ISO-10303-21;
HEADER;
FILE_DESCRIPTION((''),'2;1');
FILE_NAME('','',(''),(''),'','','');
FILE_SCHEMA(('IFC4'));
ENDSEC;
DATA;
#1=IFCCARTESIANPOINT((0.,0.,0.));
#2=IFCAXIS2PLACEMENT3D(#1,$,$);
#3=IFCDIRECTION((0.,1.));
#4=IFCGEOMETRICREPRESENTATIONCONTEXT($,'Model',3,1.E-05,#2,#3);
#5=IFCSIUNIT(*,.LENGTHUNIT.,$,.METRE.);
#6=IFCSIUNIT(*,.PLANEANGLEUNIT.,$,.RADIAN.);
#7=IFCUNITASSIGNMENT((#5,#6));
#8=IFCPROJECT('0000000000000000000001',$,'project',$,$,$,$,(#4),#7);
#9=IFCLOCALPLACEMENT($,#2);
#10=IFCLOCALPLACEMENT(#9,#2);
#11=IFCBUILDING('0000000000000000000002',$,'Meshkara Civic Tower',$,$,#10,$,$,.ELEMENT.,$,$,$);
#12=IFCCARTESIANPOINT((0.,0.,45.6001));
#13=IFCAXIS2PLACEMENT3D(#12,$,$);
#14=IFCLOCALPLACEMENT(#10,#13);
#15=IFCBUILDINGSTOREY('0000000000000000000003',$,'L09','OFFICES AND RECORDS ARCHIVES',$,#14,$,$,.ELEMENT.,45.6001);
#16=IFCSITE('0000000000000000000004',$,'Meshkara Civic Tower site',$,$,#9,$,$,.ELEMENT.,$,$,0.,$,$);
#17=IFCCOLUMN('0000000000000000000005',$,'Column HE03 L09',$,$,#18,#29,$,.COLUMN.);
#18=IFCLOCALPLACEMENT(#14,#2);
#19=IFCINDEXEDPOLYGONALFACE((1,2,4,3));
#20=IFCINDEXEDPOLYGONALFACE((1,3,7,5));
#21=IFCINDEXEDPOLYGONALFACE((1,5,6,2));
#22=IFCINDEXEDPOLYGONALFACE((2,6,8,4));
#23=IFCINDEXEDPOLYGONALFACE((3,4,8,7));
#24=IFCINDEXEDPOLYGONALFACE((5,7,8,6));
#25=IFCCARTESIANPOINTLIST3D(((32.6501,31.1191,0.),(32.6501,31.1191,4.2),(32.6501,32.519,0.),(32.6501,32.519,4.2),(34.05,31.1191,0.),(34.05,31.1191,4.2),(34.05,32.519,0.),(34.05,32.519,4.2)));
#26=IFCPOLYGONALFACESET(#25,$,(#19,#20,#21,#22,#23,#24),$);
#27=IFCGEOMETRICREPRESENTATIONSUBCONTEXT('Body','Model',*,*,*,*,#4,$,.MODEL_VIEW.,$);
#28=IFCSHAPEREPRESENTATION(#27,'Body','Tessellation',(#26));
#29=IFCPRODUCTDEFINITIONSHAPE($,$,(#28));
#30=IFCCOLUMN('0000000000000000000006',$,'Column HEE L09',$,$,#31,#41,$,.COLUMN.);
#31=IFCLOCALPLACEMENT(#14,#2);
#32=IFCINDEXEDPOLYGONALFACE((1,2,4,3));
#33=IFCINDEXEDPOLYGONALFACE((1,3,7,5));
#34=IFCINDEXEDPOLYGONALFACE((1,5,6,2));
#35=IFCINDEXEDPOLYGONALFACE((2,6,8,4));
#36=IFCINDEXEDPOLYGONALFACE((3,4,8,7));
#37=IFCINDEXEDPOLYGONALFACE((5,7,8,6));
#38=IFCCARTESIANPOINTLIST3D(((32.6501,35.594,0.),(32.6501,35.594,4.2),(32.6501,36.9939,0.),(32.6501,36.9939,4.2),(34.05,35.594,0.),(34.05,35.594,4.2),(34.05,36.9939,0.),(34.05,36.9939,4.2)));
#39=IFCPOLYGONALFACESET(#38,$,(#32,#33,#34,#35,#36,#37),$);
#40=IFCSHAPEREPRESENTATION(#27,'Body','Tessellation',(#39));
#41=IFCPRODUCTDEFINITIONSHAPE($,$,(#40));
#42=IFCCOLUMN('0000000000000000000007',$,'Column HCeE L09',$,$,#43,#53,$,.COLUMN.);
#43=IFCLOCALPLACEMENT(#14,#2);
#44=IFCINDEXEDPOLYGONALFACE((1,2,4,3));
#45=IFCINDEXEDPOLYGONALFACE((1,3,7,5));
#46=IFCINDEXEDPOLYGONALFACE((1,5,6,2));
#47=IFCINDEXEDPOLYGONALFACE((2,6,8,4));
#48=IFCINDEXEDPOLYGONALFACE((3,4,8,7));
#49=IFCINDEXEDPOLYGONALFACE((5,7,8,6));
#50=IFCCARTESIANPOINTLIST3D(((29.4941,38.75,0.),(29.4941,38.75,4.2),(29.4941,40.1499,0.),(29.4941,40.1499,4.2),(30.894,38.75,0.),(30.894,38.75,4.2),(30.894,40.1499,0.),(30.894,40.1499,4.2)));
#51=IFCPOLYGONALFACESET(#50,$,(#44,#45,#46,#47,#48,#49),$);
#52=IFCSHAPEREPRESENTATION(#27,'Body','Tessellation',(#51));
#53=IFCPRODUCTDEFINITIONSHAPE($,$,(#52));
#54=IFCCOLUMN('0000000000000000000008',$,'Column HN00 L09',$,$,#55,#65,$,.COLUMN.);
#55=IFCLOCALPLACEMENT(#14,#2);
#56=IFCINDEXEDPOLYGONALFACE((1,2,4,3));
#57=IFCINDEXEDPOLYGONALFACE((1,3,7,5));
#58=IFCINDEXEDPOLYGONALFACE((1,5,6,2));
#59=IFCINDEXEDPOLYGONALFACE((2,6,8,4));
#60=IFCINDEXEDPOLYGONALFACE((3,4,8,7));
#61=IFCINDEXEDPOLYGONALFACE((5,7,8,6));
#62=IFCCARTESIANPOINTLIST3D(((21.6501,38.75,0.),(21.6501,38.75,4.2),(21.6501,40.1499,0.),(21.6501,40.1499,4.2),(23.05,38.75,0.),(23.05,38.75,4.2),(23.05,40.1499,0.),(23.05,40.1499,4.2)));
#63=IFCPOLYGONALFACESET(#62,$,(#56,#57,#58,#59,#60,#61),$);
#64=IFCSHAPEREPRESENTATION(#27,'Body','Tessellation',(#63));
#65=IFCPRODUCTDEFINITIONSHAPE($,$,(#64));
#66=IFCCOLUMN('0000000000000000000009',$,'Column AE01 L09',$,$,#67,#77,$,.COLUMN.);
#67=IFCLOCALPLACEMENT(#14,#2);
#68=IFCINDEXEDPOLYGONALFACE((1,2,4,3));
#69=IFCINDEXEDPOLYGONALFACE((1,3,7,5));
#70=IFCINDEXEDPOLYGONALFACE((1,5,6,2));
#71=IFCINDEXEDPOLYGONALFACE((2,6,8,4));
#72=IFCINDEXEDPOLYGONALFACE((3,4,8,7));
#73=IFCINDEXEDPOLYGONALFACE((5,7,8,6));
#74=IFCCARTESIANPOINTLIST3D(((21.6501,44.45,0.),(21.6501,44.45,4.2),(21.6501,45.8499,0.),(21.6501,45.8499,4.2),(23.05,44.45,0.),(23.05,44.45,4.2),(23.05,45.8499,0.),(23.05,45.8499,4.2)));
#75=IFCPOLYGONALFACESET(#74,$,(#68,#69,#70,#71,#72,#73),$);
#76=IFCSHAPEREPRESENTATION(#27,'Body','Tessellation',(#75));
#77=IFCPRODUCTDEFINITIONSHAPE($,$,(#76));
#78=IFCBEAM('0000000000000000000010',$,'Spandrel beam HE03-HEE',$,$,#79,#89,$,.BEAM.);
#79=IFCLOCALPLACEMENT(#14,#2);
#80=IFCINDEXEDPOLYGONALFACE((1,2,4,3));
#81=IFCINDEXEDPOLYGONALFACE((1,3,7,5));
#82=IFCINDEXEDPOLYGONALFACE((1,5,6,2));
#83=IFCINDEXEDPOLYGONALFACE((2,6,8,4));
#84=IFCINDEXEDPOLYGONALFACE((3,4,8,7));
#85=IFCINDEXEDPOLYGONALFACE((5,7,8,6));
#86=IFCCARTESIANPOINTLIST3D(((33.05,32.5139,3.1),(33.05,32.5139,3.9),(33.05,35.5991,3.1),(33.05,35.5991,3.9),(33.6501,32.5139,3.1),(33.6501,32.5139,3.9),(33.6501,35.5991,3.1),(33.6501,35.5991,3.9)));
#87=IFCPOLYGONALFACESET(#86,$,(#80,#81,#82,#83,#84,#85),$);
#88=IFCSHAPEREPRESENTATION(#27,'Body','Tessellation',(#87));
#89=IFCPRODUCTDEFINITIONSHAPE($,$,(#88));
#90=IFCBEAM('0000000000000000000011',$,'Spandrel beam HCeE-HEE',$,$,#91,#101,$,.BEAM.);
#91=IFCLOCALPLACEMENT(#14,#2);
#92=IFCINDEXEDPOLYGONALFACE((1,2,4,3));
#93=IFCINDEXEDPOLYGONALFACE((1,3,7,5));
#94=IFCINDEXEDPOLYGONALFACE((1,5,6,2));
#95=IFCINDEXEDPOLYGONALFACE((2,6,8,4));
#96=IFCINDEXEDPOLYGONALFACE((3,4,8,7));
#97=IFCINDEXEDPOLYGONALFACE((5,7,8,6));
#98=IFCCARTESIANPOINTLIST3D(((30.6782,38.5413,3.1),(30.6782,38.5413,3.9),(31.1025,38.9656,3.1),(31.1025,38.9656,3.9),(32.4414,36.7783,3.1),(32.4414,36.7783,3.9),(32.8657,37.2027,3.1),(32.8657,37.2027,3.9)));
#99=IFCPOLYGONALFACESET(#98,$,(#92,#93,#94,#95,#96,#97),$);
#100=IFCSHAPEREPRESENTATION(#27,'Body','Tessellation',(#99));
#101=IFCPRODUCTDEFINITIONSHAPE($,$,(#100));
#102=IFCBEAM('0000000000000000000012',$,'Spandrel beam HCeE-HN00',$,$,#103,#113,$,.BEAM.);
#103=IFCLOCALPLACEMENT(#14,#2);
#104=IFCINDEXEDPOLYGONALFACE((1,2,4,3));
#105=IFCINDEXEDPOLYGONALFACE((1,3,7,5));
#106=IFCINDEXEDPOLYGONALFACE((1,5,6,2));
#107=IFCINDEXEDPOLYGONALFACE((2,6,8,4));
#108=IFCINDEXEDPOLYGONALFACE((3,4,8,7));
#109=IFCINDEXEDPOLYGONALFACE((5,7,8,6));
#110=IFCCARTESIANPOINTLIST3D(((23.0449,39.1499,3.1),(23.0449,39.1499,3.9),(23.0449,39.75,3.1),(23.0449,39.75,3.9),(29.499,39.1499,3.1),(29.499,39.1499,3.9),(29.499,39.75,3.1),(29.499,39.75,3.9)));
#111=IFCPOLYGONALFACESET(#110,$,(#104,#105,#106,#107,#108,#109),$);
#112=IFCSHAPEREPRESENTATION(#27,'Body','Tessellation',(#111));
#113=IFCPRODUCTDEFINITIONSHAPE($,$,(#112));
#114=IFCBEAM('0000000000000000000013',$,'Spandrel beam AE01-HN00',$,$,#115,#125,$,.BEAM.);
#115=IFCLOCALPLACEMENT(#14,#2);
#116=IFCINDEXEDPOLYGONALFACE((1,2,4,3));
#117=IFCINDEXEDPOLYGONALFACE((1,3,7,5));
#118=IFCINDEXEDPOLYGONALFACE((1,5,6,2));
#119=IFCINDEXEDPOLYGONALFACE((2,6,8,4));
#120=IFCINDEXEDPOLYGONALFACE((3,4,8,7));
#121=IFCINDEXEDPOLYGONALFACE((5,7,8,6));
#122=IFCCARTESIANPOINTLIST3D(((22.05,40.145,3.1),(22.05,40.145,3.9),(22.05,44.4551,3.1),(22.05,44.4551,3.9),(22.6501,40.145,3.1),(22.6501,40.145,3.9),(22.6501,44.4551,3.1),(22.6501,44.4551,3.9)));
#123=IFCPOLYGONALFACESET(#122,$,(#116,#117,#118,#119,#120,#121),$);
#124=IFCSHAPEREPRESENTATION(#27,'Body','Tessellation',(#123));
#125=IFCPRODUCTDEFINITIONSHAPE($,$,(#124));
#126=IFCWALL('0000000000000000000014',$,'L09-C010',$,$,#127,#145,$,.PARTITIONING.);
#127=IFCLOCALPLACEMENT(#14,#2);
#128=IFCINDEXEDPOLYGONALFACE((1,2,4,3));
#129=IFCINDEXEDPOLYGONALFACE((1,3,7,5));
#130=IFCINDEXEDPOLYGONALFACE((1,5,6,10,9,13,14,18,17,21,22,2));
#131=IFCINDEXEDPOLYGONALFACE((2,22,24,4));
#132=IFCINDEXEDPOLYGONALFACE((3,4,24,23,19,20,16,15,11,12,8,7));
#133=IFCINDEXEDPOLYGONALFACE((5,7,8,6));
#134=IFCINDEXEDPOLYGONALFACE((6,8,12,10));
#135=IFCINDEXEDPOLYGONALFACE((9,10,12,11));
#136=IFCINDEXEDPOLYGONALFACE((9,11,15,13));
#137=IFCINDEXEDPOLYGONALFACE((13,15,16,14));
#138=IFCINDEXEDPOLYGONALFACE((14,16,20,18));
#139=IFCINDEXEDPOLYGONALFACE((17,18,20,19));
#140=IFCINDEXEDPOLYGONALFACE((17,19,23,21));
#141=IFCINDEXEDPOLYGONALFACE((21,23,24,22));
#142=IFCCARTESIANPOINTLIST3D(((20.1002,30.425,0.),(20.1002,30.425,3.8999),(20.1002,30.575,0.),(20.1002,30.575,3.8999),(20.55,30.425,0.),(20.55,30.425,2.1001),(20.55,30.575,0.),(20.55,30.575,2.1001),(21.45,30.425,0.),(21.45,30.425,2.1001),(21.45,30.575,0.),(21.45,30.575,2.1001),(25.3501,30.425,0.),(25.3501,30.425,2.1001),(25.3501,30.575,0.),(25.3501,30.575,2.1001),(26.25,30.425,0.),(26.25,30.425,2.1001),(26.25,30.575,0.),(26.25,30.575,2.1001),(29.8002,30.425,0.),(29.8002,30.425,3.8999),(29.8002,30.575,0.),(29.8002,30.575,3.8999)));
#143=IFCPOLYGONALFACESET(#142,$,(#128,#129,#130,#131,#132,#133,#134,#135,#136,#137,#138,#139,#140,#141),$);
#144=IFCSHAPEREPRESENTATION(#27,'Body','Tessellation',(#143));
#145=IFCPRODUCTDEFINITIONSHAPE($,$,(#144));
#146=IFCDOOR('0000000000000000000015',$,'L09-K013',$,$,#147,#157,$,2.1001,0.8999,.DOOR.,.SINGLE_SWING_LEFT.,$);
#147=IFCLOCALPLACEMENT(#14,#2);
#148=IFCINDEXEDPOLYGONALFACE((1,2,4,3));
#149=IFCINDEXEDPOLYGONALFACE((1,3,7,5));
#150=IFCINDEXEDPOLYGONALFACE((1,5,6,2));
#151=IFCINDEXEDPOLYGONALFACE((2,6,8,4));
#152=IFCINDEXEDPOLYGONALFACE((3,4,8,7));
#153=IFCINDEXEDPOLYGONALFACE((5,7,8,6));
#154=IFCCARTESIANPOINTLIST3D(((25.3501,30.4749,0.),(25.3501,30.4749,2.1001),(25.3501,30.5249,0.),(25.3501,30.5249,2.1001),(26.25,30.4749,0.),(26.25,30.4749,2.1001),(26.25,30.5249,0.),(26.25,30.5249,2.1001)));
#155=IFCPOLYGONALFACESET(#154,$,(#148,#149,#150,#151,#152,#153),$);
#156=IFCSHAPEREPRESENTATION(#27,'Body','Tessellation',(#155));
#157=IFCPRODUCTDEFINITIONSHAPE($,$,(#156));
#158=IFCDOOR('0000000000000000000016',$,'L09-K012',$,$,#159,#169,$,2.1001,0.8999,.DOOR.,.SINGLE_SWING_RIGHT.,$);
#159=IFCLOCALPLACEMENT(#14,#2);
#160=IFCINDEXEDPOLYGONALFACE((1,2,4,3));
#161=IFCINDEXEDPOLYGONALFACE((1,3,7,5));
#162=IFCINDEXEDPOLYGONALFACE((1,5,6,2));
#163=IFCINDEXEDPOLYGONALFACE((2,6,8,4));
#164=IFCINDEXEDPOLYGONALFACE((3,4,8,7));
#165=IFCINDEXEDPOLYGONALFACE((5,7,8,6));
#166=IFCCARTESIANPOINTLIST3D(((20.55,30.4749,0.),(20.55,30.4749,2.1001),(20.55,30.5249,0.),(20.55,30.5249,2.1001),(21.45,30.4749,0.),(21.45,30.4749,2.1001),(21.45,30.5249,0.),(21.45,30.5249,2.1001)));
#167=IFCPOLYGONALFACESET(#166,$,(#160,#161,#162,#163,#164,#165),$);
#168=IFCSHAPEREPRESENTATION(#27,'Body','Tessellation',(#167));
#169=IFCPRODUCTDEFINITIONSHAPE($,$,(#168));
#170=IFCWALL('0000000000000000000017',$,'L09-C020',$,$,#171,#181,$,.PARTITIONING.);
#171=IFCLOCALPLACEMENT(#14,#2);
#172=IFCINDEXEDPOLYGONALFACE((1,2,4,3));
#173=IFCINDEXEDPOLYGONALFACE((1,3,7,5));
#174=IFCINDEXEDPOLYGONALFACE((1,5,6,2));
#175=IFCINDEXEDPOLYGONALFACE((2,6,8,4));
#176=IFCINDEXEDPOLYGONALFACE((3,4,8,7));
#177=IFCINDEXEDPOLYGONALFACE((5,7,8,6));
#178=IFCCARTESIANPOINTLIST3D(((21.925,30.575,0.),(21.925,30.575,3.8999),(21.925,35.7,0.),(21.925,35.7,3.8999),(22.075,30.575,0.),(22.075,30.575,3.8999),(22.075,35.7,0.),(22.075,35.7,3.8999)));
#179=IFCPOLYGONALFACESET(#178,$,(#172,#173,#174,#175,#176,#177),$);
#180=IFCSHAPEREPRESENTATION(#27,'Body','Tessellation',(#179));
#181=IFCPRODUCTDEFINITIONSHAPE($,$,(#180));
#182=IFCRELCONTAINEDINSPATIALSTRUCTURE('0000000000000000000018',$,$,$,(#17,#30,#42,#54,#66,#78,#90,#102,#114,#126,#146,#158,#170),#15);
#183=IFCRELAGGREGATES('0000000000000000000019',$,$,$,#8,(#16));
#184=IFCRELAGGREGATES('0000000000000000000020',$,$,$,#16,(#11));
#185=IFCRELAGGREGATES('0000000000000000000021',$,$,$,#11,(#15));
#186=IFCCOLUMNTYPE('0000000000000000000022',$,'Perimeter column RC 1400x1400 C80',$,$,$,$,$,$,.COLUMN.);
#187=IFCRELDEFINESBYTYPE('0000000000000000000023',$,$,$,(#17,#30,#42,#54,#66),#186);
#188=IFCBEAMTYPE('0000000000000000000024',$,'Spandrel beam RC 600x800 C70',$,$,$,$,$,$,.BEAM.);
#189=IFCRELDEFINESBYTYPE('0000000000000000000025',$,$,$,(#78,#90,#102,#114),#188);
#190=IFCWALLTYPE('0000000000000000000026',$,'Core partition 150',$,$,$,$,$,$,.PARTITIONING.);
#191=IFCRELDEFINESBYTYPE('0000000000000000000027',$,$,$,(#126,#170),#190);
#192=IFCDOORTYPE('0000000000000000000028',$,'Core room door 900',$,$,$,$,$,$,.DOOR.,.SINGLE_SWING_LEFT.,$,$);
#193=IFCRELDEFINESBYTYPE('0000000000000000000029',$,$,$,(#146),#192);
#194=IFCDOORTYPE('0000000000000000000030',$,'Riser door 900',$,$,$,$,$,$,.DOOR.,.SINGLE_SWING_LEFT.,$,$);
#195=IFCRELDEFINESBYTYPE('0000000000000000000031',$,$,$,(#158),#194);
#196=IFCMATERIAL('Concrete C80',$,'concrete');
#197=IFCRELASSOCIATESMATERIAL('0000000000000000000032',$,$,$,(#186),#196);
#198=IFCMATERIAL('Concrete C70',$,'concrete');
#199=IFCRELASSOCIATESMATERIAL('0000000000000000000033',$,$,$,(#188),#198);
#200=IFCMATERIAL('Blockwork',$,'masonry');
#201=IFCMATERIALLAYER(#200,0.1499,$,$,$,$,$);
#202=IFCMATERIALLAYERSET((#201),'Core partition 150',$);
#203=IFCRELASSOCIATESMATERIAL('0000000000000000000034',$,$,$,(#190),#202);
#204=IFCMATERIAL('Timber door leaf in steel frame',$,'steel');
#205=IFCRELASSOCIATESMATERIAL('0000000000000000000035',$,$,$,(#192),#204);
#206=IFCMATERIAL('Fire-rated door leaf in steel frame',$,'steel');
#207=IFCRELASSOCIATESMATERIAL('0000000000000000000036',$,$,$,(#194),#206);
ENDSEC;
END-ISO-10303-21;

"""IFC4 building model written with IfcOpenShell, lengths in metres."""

from ifc_helpers import new_model, si_unit, direction, frame, frame_2d, origin, origin_2d, place, context, subcontext, project, spatial, rectangle, extrude, material, layer, layer_set, material_profile, profile_set, type_object, element, fill, save


model = new_model("IFC4")

# Units and contexts
model_context = context("Model", 3, precision=1e-05, world=origin(), true_north=direction((0.0, 1.0)))
body_context = subcontext(model_context, "Body", "Model", "MODEL_VIEW")
ifc_project = project(units=[si_unit("LENGTHUNIT", "METRE"), si_unit("PLANEANGLEUNIT", "RADIAN")], contexts=[model_context])

# Site, building, storey
site_placement = place(None, origin())
site = spatial("IfcSite", under=ifc_project, at=site_placement, Name="Meshkara Civic Tower site", CompositionType="ELEMENT", RefElevation=0.0)
building_placement = place(site_placement, origin())
building = spatial("IfcBuilding", under=site, at=building_placement, Name="Meshkara Civic Tower", CompositionType="ELEMENT")
storey_placement = place(building_placement, frame((0.0, 0.0, 45.6001)))
storey = spatial("IfcBuildingStorey", under=building, at=storey_placement, Name="L09", Description="OFFICES AND RECORDS ARCHIVES", CompositionType="ELEMENT", Elevation=45.6001)

# Columns
ifc_material_1 = material(Name="Concrete C80", Category="concrete")
ifc_material_profile_1 = material_profile(ifc_material_1, rectangle(XDim=1.3999, YDim=1.3999, at=origin_2d()))
ifc_profile_set_1 = profile_set([ifc_material_profile_1], Name="Concrete C80")
column_type = type_object("IfcColumnType", Name="Perimeter column RC 1400x1400 C80", PredefinedType="COLUMN", material=ifc_profile_set_1)
for number, where, z_axis, x_axis, name in (
    (1, (33.3501, 31.8191, 0.0), (0.0, 0.0, 1.0), (1.0, 0.0, 0.0), "Column HE03 L09"),
    (2, (33.3501, 36.2939, 0.0), (0.0, 0.0, 1.0), (1.0, 0.0, 0.0), "Column HEE L09"),
    (3, (30.1941, 39.45, 0.0), (0.0, 0.0, 1.0), (1.0, 0.0, 0.0), "Column HCeE L09"),
    (4, (22.3501, 39.45, 0.0), (0.0, 0.0, 1.0), (1.0, 0.0, 0.0), "Column HN00 L09"),
    (5, (22.3501, 45.1499, 0.0), (0.0, 0.0, 1.0), (1.0, 0.0, 0.0), "Column AE01 L09"),
):
    element("IfcColumn", number, at=place(storey_placement, frame(where, z_axis=z_axis, x_axis=x_axis)), inside=storey, type_object=column_type, Name=name, PredefinedType="COLUMN", context=body_context, shape_type="SweptSolid", body=[
        extrude(rectangle(XDim=1.3999, YDim=1.3999, at=origin_2d()), origin(), (0.0, 0.0, 1.0), 4.2),
    ])

# Beams
ifc_material_2 = material(Name="Concrete C70", Category="concrete")
ifc_material_profile_2 = material_profile(ifc_material_2, rectangle(XDim=0.6001, YDim=0.8, at=origin_2d()))
ifc_profile_set_2 = profile_set([ifc_material_profile_2], Name="Concrete C70")
beam_type = type_object("IfcBeamType", Name="Spandrel beam RC 600x800 C70", PredefinedType="BEAM", material=ifc_profile_set_2)
beam_1_placement = place(storey_placement, frame((33.3501, 32.5139, 3.5), z_axis=(0.0, 1.0, 0.0), x_axis=(-1.0, 0.0, 0.0)))
element("IfcBeam", 6, at=beam_1_placement, inside=storey, type_object=beam_type, Name="Spandrel beam HE03-HEE", PredefinedType="BEAM", context=body_context, shape_type="SweptSolid", body=[
    extrude(rectangle(XDim=0.6001, YDim=0.8, at=origin_2d()), origin(), (0.0, 0.0, 1.0), 3.0852),
])
beam_2_placement = place(storey_placement, frame((32.6536, 36.9905, 3.5), z_axis=(-0.707156, 0.707058, 0.0), x_axis=(-0.707058, -0.707156, 0.0)))
element("IfcBeam", 7, at=beam_2_placement, inside=storey, type_object=beam_type, Name="Spandrel beam HCeE-HEE", PredefinedType="BEAM", context=body_context, shape_type="SweptSolid", body=[
    extrude(rectangle(XDim=0.6001, YDim=0.8, at=origin_2d()), origin(), (0.0, 0.0, 1.0), 2.4934),
])
beam_3_placement = place(storey_placement, frame((29.499, 39.45, 3.5), z_axis=(-1.0, 0.0, 0.0), x_axis=(0.0, -1.0, 0.0)))
element("IfcBeam", 8, at=beam_3_placement, inside=storey, type_object=beam_type, Name="Spandrel beam HCeE-HN00", PredefinedType="BEAM", context=body_context, shape_type="SweptSolid", body=[
    extrude(rectangle(XDim=0.6001, YDim=0.8, at=origin_2d()), origin(), (0.0, 0.0, 1.0), 6.4541),
])
beam_4_placement = place(storey_placement, frame((22.3501, 40.145, 3.5), z_axis=(0.0, 1.0, 0.0), x_axis=(-1.0, 0.0, 0.0)))
element("IfcBeam", 9, at=beam_4_placement, inside=storey, type_object=beam_type, Name="Spandrel beam AE01-HN00", PredefinedType="BEAM", context=body_context, shape_type="SweptSolid", body=[
    extrude(rectangle(XDim=0.6001, YDim=0.8, at=origin_2d()), origin(), (0.0, 0.0, 1.0), 4.3101),
])

# Wall, openings, doors
ifc_material_3 = material(Name="Blockwork", Category="masonry")
ifc_layer_1 = layer(ifc_material_3, 0.1499)
ifc_layer_set_1 = layer_set([ifc_layer_1], Name="Core partition 150")
wall_type_1 = type_object("IfcWallType", Name="Core partition 150", PredefinedType="PARTITIONING", material=ifc_layer_set_1)
wall_1_placement = place(storey_placement, frame((20.1001, 30.5, 0.0), z_axis=(0.0, 0.0, 1.0), x_axis=(1.0, 0.0, 0.0)))
wall_1 = element("IfcWall", 10, at=wall_1_placement, inside=storey, type_object=wall_type_1, Name="L09-C010", PredefinedType="PARTITIONING", context=body_context, shape_type="SweptSolid", body=[
    extrude(rectangle(XDim=9.7, YDim=0.1499, at=frame_2d((4.8501, 0.0))), origin(), (0.0, 0.0, 1.0), 3.8999),
])
opening_1_placement = place(wall_1_placement, frame((0.45, 0.0, 0.0)))
opening_1 = element("IfcOpeningElement", 11, at=opening_1_placement, cuts=wall_1, PredefinedType="OPENING", context=body_context, shape_type="SweptSolid", body=[
    extrude(rectangle(XDim=0.8999, YDim=2.1001, at=frame_2d((0.45, 1.05))), frame((0.0, 0.085, 0.0), z_axis=(0.0, -1.0, 0.0), x_axis=(1.0, 0.0, 0.0)), (0.0, 0.0, 1.0), 0.1699),
])
opening_2_placement = place(wall_1_placement, frame((5.25, 0.0, 0.0)))
opening_2 = element("IfcOpeningElement", 12, at=opening_2_placement, cuts=wall_1, PredefinedType="OPENING", context=body_context, shape_type="SweptSolid", body=[
    extrude(rectangle(XDim=0.8999, YDim=2.1001, at=frame_2d((0.45, 1.05))), frame((0.0, 0.085, 0.0), z_axis=(0.0, -1.0, 0.0), x_axis=(1.0, 0.0, 0.0)), (0.0, 0.0, 1.0), 0.1699),
])
ifc_material_4 = material(Name="Timber door leaf in steel frame", Category="steel")
door_type_1 = type_object("IfcDoorType", Name="Core room door 900", OperationType="SINGLE_SWING_LEFT", PredefinedType="DOOR", material=ifc_material_4)
door_1_placement = place(opening_2_placement, origin())
door_1 = element("IfcDoor", 13, at=door_1_placement, inside=storey, type_object=door_type_1, Name="L09-K013", OperationType="SINGLE_SWING_LEFT", OverallHeight=2.1001, OverallWidth=0.8999, PredefinedType="DOOR", context=body_context, shape_type="SweptSolid", body=[
    extrude(rectangle(XDim=0.8999, YDim=2.1001, at=frame_2d((0.45, 1.05))), frame((0.0, 0.0249, 0.0), z_axis=(0.0, -1.0, 0.0), x_axis=(1.0, 0.0, 0.0)), (0.0, 0.0, 1.0), 0.05),
])
fill(opening_2, door_1)
ifc_material_5 = material(Name="Fire-rated door leaf in steel frame", Category="steel")
door_type_2 = type_object("IfcDoorType", Name="Riser door 900", OperationType="SINGLE_SWING_LEFT", PredefinedType="DOOR", material=ifc_material_5)
door_2_placement = place(opening_1_placement, origin())
door_2 = element("IfcDoor", 14, at=door_2_placement, inside=storey, type_object=door_type_2, Name="L09-K012", OperationType="SINGLE_SWING_RIGHT", OverallHeight=2.1001, OverallWidth=0.8999, PredefinedType="DOOR", context=body_context, shape_type="SweptSolid", body=[
    extrude(rectangle(XDim=0.8999, YDim=2.1001, at=frame_2d((0.45, 1.05))), frame((0.0, 0.0249, 0.0), z_axis=(0.0, -1.0, 0.0), x_axis=(1.0, 0.0, 0.0)), (0.0, 0.0, 1.0), 0.05),
])
fill(opening_1, door_2)

# Wall
wall_2_placement = place(storey_placement, frame((22.0, 30.575, 0.0), z_axis=(0.0, 0.0, 1.0), x_axis=(0.0, 1.0, 0.0)))
element("IfcWall", 15, at=wall_2_placement, inside=storey, type_object=wall_type_1, Name="L09-C020", PredefinedType="PARTITIONING", context=body_context, shape_type="SweptSolid", body=[
    extrude(rectangle(XDim=5.125, YDim=0.1499, at=frame_2d((2.5625, 0.0))), origin(), (0.0, 0.0, 1.0), 3.8999),
])

save(model, "model.ifc")
